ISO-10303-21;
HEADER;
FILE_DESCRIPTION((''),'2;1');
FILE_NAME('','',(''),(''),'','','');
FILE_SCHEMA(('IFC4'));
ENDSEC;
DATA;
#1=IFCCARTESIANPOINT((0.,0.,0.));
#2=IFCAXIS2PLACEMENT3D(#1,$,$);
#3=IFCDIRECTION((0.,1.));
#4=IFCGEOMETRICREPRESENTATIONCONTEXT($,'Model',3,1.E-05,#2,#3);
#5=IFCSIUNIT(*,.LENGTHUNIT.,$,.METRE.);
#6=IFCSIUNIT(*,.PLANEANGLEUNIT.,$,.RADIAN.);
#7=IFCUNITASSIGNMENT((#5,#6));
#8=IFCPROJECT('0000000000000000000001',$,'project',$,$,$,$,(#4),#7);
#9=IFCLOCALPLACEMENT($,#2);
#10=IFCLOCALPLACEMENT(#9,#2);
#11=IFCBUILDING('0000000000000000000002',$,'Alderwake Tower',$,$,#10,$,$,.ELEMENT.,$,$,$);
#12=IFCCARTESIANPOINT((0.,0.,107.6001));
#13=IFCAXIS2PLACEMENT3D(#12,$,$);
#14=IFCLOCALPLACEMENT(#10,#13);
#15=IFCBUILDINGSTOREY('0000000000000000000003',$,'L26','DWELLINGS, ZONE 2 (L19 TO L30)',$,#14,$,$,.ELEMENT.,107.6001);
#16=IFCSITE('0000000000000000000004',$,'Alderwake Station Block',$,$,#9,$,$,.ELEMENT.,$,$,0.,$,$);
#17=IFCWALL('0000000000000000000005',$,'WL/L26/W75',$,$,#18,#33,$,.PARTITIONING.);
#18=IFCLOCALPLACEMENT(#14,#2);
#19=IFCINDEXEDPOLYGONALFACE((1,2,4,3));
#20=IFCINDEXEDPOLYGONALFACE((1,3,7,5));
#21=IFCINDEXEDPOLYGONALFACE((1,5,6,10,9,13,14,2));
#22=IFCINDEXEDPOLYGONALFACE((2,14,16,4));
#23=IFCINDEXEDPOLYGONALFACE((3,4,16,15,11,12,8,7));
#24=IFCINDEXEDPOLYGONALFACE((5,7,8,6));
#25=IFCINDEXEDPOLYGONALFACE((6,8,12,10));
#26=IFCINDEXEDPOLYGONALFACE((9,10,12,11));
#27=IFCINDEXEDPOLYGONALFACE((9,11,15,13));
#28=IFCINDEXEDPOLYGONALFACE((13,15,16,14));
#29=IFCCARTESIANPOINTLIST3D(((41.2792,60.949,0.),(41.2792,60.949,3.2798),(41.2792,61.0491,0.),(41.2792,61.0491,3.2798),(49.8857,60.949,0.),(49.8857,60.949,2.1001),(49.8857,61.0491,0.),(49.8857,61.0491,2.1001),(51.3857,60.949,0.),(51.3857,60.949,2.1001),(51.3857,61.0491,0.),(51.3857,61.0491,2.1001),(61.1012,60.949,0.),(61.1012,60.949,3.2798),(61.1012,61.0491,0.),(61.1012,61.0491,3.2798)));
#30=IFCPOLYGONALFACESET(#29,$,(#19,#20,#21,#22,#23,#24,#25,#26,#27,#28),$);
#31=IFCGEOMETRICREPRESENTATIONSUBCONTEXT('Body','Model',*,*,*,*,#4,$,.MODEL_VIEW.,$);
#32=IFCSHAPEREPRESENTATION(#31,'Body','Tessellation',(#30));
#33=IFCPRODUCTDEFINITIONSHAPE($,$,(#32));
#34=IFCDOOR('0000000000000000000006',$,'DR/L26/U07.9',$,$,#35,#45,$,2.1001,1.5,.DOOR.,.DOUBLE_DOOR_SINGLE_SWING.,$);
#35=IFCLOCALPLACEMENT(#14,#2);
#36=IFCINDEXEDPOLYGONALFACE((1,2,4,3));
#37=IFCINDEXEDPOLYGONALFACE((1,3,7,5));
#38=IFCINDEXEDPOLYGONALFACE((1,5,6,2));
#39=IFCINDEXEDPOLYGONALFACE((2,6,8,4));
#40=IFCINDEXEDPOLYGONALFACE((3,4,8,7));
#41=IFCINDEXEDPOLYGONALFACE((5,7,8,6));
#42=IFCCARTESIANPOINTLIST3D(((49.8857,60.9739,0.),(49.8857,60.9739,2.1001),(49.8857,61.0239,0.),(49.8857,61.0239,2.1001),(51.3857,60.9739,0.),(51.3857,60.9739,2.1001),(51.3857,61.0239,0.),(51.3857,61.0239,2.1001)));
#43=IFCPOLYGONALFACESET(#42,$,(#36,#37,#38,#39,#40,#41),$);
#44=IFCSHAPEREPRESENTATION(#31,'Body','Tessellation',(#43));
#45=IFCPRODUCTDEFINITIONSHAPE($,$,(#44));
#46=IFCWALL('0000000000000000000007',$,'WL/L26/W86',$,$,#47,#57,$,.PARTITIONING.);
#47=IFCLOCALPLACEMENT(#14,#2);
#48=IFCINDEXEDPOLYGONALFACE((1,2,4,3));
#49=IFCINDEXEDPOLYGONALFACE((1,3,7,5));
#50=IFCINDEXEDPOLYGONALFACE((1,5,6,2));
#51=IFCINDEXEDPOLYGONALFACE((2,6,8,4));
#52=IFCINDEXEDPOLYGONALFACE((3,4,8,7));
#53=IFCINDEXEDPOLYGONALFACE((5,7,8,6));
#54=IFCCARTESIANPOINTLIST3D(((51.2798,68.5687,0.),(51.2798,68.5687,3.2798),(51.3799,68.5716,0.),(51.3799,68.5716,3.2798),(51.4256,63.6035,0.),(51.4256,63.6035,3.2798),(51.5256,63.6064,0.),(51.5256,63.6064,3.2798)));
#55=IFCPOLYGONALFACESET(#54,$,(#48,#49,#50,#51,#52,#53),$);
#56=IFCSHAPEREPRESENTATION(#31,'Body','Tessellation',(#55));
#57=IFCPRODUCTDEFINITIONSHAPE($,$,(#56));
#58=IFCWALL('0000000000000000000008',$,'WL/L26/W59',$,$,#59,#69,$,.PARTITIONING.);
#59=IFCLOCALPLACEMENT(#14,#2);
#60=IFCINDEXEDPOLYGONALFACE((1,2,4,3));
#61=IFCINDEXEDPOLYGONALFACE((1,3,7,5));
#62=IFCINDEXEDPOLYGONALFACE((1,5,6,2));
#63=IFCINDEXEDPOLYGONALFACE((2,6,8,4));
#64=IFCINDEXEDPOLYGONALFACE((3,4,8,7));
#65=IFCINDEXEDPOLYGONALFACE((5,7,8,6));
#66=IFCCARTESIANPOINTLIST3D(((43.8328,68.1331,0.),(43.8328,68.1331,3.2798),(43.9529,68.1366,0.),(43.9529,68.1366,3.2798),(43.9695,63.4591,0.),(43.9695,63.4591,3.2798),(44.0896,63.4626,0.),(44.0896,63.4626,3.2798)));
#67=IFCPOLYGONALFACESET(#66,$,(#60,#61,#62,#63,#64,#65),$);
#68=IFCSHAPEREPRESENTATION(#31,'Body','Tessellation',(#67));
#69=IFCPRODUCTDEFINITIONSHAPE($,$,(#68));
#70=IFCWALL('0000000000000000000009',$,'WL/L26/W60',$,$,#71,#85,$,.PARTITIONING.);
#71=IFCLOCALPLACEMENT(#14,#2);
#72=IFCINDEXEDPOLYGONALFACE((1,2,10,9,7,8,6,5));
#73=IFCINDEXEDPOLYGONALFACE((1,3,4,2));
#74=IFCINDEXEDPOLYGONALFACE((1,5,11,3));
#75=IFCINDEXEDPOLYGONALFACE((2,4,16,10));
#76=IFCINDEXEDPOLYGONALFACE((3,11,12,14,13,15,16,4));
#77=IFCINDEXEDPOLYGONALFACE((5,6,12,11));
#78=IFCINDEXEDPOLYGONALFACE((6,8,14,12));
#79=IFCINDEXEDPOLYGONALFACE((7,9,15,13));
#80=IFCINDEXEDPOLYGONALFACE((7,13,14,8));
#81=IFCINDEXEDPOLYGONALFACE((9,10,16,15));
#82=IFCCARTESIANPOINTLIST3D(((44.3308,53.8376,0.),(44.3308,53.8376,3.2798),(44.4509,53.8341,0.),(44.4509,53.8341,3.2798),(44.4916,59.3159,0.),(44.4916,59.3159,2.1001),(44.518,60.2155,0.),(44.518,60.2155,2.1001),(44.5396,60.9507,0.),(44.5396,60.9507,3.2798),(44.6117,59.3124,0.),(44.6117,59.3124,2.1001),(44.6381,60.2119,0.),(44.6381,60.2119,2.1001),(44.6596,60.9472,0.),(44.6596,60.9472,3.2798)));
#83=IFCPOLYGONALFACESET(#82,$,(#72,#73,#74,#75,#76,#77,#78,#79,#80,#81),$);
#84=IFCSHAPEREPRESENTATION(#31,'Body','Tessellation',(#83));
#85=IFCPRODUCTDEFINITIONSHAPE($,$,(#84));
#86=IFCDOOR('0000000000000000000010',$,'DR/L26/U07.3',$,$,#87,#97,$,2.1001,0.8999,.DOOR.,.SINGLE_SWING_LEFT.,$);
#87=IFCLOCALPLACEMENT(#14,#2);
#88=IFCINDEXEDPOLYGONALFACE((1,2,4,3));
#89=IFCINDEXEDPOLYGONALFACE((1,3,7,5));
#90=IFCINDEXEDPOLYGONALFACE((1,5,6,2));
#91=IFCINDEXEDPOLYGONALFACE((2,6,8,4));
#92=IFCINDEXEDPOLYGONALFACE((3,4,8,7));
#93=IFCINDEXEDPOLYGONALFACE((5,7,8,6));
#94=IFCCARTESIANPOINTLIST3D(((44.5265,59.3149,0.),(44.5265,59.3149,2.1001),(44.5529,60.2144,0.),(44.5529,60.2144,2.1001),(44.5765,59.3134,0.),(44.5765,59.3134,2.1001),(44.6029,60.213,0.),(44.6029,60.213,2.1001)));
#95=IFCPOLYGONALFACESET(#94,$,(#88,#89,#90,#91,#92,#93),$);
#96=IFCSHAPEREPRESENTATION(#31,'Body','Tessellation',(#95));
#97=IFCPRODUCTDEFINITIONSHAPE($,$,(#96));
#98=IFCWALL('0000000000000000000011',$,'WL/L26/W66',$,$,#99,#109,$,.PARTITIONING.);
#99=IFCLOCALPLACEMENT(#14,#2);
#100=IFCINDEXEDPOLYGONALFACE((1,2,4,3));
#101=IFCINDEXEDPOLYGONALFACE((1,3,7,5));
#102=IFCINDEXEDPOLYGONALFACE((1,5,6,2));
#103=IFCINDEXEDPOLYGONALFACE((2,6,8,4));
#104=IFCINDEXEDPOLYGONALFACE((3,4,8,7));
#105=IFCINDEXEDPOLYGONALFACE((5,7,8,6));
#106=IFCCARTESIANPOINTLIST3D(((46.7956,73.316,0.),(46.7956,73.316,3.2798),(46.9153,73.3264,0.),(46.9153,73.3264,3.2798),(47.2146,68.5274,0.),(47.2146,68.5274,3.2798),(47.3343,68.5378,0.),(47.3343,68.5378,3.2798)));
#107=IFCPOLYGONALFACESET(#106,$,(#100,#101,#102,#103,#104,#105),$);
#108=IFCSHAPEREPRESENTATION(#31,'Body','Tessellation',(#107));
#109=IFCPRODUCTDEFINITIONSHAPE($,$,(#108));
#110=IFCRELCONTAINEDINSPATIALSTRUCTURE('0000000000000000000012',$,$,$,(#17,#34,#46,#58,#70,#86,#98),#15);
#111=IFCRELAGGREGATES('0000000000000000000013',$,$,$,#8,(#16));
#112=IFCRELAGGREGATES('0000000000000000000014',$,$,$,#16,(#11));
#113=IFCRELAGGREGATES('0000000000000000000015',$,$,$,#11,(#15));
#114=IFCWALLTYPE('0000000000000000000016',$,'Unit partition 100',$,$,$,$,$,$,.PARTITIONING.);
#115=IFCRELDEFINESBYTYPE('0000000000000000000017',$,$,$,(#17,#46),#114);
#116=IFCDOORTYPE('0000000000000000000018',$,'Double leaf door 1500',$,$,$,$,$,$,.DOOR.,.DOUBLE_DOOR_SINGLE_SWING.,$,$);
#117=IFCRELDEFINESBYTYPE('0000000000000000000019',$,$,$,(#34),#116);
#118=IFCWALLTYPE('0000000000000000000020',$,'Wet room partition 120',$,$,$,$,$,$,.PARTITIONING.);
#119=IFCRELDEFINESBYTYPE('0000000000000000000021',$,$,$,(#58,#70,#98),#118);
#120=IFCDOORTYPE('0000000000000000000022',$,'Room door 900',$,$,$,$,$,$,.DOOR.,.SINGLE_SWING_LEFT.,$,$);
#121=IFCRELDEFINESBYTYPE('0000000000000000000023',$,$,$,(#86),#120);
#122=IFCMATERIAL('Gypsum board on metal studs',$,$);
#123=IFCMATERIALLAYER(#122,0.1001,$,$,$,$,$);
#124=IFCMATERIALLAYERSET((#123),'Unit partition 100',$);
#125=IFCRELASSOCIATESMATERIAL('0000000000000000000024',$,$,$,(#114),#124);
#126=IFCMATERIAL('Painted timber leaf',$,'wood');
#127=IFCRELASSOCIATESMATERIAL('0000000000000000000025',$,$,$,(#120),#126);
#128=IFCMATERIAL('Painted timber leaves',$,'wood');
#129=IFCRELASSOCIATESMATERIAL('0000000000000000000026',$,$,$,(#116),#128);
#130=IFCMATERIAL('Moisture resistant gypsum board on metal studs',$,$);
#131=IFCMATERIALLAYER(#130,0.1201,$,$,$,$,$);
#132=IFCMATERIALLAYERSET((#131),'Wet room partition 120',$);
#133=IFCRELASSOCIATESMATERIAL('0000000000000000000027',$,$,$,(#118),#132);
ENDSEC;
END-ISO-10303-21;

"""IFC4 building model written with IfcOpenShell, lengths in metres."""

from ifc_helpers import new_model, si_unit, direction, frame, frame_2d, origin, place, context, subcontext, project, spatial, rectangle, extrude, material, layer, layer_set, type_object, element, fill, save


model = new_model("IFC4")

# Units and contexts
model_context = context("Model", 3, precision=1e-05, world=origin(), true_north=direction((0.0, 1.0)))
body_context = subcontext(model_context, "Body", "Model", "MODEL_VIEW")
ifc_project = project(units=[si_unit("LENGTHUNIT", "METRE"), si_unit("PLANEANGLEUNIT", "RADIAN")], contexts=[model_context])

# Site, building, storey
site_placement = place(None, origin())
site = spatial("IfcSite", under=ifc_project, at=site_placement, Name="Alderwake Station Block", CompositionType="ELEMENT", RefElevation=0.0)
building_placement = place(site_placement, origin())
building = spatial("IfcBuilding", under=site, at=building_placement, Name="Alderwake Tower", CompositionType="ELEMENT")
storey_placement = place(building_placement, frame((0.0, 0.0, 107.6001)))
storey = spatial("IfcBuildingStorey", under=building, at=storey_placement, Name="L26", Description="DWELLINGS, ZONE 2 (L19 TO L30)", CompositionType="ELEMENT", Elevation=107.6001)

# Shared definitions
ifc_material_1 = material(Name="Gypsum board on metal studs")
ifc_layer_1 = layer(ifc_material_1, 0.1001)
ifc_layer_set_1 = layer_set([ifc_layer_1], Name="Unit partition 100")
wall_type_1 = type_object("IfcWallType", Name="Unit partition 100", PredefinedType="PARTITIONING", material=ifc_layer_set_1)
ifc_material_2 = material(Name="Painted timber leaf", Category="wood")
door_type_1 = type_object("IfcDoorType", Name="Room door 900", OperationType="SINGLE_SWING_LEFT", PredefinedType="DOOR", material=ifc_material_2)

# Wall, opening, door
wall_1_placement = place(storey_placement, frame((41.2791, 60.999, 0.0), z_axis=(0.0, 0.0, 1.0), x_axis=(1.0, 0.0, 0.0)))
wall_1 = element("IfcWall", 1, at=wall_1_placement, inside=storey, type_object=wall_type_1, Name="WL/L26/W75", PredefinedType="PARTITIONING", context=body_context, shape_type="SweptSolid", body=[
    extrude(rectangle(XDim=19.822, YDim=0.1001, at=frame_2d((9.9111, 0.0))), origin(), (0.0, 0.0, 1.0), 3.2798),
])
opening_1_placement = place(wall_1_placement, frame((8.6067, 0.0, 0.0)))
opening_1 = element("IfcOpeningElement", 2, at=opening_1_placement, cuts=wall_1, PredefinedType="OPENING", context=body_context, shape_type="SweptSolid", body=[
    extrude(rectangle(XDim=1.5, YDim=2.1001, at=frame_2d((0.75, 1.05))), frame((0.0, 0.0601, 0.0), z_axis=(0.0, -1.0, 0.0), x_axis=(1.0, 0.0, 0.0)), (0.0, 0.0, 1.0), 0.1201),
])
ifc_material_3 = material(Name="Painted timber leaves", Category="wood")
door_type_2 = type_object("IfcDoorType", Name="Double leaf door 1500", OperationType="DOUBLE_DOOR_SINGLE_SWING", PredefinedType="DOOR", material=ifc_material_3)
door_1_placement = place(opening_1_placement, origin())
door_1 = element("IfcDoor", 3, at=door_1_placement, inside=storey, type_object=door_type_2, Name="DR/L26/U07.9", OperationType="DOUBLE_DOOR_SINGLE_SWING", OverallHeight=2.1001, OverallWidth=1.5, PredefinedType="DOOR", context=body_context, shape_type="SweptSolid", body=[
    extrude(rectangle(XDim=1.5, YDim=2.1001, at=frame_2d((0.75, 1.05))), frame((0.0, 0.0249, 0.0), z_axis=(0.0, -1.0, 0.0), x_axis=(1.0, 0.0, 0.0)), (0.0, 0.0, 1.0), 0.05),
])
fill(opening_1, door_1)

# Walls
wall_2_placement = place(storey_placement, frame((51.4756, 63.605, 0.0), z_axis=(0.0, 0.0, 1.0), x_axis=(-0.029343, 0.999569, 0.0)))
element("IfcWall", 4, at=wall_2_placement, inside=storey, type_object=wall_type_1, Name="WL/L26/W86", PredefinedType="PARTITIONING", context=body_context, shape_type="SweptSolid", body=[
    extrude(rectangle(XDim=4.9673, YDim=0.1001, at=frame_2d((2.4836, 0.0))), origin(), (0.0, 0.0, 1.0), 3.2798),
])
ifc_material_4 = material(Name="Moisture resistant gypsum board on metal studs")
ifc_layer_2 = layer(ifc_material_4, 0.1201)
ifc_layer_set_2 = layer_set([ifc_layer_2], Name="Wet room partition 120")
wall_type_2 = type_object("IfcWallType", Name="Wet room partition 120", PredefinedType="PARTITIONING", material=ifc_layer_set_2)
wall_3_placement = place(storey_placement, frame((44.0295, 63.4609, 0.0), z_axis=(0.0, 0.0, 1.0), x_axis=(-0.029238, 0.999572, 0.0)))
element("IfcWall", 5, at=wall_3_placement, inside=storey, type_object=wall_type_2, Name="WL/L26/W59", PredefinedType="PARTITIONING", context=body_context, shape_type="SweptSolid", body=[
    extrude(rectangle(XDim=4.676, YDim=0.1201, at=frame_2d((2.3379, 0.0))), origin(), (0.0, 0.0, 1.0), 3.2798),
])

# Wall, opening, door
wall_4_placement = place(storey_placement, frame((44.5996, 60.949, 0.0), z_axis=(0.0, 0.0, 1.0), x_axis=(-0.029334, -0.99957, 0.0)))
wall_4 = element("IfcWall", 6, at=wall_4_placement, inside=storey, type_object=wall_type_2, Name="WL/L26/W60", PredefinedType="PARTITIONING", context=body_context, shape_type="SweptSolid", body=[
    extrude(rectangle(XDim=7.1162, YDim=0.1201, at=frame_2d((3.5581, 0.0))), origin(), (0.0, 0.0, 1.0), 3.2798),
])
opening_2_placement = place(wall_4_placement, frame((0.7356, 0.0, 0.0)))
opening_2 = element("IfcOpeningElement", 7, at=opening_2_placement, cuts=wall_4, PredefinedType="OPENING", context=body_context, shape_type="SweptSolid", body=[
    extrude(rectangle(XDim=0.8999, YDim=2.1001, at=frame_2d((0.45, 1.05))), frame((0.0, 0.0701, 0.0), z_axis=(0.0, -1.0, 0.0), x_axis=(1.0, 0.0, 0.0)), (0.0, 0.0, 1.0), 0.1401),
])
door_2_placement = place(opening_2_placement, origin())
door_2 = element("IfcDoor", 8, at=door_2_placement, inside=storey, type_object=door_type_1, Name="DR/L26/U07.3", OperationType="SINGLE_SWING_LEFT", OverallHeight=2.1001, OverallWidth=0.8999, PredefinedType="DOOR", context=body_context, shape_type="SweptSolid", body=[
    extrude(rectangle(XDim=0.8999, YDim=2.1001, at=frame_2d((0.45, 1.05))), frame((0.0, 0.0249, 0.0), z_axis=(0.0, -1.0, 0.0), x_axis=(1.0, 0.0, 0.0)), (0.0, 0.0, 1.0), 0.05),
])
fill(opening_2, door_2)

# Wall
wall_5_placement = place(storey_placement, frame((47.2744, 68.5327, 0.0), z_axis=(0.0, 0.0, 1.0), x_axis=(-0.087156, 0.996195, 0.0)))
element("IfcWall", 9, at=wall_5_placement, inside=storey, type_object=wall_type_2, Name="WL/L26/W66", PredefinedType="PARTITIONING", context=body_context, shape_type="SweptSolid", body=[
    extrude(rectangle(XDim=4.8069, YDim=0.1201, at=frame_2d((2.4033, 0.0))), origin(), (0.0, 0.0, 1.0), 3.2798),
])

save(model, "model.ifc")
